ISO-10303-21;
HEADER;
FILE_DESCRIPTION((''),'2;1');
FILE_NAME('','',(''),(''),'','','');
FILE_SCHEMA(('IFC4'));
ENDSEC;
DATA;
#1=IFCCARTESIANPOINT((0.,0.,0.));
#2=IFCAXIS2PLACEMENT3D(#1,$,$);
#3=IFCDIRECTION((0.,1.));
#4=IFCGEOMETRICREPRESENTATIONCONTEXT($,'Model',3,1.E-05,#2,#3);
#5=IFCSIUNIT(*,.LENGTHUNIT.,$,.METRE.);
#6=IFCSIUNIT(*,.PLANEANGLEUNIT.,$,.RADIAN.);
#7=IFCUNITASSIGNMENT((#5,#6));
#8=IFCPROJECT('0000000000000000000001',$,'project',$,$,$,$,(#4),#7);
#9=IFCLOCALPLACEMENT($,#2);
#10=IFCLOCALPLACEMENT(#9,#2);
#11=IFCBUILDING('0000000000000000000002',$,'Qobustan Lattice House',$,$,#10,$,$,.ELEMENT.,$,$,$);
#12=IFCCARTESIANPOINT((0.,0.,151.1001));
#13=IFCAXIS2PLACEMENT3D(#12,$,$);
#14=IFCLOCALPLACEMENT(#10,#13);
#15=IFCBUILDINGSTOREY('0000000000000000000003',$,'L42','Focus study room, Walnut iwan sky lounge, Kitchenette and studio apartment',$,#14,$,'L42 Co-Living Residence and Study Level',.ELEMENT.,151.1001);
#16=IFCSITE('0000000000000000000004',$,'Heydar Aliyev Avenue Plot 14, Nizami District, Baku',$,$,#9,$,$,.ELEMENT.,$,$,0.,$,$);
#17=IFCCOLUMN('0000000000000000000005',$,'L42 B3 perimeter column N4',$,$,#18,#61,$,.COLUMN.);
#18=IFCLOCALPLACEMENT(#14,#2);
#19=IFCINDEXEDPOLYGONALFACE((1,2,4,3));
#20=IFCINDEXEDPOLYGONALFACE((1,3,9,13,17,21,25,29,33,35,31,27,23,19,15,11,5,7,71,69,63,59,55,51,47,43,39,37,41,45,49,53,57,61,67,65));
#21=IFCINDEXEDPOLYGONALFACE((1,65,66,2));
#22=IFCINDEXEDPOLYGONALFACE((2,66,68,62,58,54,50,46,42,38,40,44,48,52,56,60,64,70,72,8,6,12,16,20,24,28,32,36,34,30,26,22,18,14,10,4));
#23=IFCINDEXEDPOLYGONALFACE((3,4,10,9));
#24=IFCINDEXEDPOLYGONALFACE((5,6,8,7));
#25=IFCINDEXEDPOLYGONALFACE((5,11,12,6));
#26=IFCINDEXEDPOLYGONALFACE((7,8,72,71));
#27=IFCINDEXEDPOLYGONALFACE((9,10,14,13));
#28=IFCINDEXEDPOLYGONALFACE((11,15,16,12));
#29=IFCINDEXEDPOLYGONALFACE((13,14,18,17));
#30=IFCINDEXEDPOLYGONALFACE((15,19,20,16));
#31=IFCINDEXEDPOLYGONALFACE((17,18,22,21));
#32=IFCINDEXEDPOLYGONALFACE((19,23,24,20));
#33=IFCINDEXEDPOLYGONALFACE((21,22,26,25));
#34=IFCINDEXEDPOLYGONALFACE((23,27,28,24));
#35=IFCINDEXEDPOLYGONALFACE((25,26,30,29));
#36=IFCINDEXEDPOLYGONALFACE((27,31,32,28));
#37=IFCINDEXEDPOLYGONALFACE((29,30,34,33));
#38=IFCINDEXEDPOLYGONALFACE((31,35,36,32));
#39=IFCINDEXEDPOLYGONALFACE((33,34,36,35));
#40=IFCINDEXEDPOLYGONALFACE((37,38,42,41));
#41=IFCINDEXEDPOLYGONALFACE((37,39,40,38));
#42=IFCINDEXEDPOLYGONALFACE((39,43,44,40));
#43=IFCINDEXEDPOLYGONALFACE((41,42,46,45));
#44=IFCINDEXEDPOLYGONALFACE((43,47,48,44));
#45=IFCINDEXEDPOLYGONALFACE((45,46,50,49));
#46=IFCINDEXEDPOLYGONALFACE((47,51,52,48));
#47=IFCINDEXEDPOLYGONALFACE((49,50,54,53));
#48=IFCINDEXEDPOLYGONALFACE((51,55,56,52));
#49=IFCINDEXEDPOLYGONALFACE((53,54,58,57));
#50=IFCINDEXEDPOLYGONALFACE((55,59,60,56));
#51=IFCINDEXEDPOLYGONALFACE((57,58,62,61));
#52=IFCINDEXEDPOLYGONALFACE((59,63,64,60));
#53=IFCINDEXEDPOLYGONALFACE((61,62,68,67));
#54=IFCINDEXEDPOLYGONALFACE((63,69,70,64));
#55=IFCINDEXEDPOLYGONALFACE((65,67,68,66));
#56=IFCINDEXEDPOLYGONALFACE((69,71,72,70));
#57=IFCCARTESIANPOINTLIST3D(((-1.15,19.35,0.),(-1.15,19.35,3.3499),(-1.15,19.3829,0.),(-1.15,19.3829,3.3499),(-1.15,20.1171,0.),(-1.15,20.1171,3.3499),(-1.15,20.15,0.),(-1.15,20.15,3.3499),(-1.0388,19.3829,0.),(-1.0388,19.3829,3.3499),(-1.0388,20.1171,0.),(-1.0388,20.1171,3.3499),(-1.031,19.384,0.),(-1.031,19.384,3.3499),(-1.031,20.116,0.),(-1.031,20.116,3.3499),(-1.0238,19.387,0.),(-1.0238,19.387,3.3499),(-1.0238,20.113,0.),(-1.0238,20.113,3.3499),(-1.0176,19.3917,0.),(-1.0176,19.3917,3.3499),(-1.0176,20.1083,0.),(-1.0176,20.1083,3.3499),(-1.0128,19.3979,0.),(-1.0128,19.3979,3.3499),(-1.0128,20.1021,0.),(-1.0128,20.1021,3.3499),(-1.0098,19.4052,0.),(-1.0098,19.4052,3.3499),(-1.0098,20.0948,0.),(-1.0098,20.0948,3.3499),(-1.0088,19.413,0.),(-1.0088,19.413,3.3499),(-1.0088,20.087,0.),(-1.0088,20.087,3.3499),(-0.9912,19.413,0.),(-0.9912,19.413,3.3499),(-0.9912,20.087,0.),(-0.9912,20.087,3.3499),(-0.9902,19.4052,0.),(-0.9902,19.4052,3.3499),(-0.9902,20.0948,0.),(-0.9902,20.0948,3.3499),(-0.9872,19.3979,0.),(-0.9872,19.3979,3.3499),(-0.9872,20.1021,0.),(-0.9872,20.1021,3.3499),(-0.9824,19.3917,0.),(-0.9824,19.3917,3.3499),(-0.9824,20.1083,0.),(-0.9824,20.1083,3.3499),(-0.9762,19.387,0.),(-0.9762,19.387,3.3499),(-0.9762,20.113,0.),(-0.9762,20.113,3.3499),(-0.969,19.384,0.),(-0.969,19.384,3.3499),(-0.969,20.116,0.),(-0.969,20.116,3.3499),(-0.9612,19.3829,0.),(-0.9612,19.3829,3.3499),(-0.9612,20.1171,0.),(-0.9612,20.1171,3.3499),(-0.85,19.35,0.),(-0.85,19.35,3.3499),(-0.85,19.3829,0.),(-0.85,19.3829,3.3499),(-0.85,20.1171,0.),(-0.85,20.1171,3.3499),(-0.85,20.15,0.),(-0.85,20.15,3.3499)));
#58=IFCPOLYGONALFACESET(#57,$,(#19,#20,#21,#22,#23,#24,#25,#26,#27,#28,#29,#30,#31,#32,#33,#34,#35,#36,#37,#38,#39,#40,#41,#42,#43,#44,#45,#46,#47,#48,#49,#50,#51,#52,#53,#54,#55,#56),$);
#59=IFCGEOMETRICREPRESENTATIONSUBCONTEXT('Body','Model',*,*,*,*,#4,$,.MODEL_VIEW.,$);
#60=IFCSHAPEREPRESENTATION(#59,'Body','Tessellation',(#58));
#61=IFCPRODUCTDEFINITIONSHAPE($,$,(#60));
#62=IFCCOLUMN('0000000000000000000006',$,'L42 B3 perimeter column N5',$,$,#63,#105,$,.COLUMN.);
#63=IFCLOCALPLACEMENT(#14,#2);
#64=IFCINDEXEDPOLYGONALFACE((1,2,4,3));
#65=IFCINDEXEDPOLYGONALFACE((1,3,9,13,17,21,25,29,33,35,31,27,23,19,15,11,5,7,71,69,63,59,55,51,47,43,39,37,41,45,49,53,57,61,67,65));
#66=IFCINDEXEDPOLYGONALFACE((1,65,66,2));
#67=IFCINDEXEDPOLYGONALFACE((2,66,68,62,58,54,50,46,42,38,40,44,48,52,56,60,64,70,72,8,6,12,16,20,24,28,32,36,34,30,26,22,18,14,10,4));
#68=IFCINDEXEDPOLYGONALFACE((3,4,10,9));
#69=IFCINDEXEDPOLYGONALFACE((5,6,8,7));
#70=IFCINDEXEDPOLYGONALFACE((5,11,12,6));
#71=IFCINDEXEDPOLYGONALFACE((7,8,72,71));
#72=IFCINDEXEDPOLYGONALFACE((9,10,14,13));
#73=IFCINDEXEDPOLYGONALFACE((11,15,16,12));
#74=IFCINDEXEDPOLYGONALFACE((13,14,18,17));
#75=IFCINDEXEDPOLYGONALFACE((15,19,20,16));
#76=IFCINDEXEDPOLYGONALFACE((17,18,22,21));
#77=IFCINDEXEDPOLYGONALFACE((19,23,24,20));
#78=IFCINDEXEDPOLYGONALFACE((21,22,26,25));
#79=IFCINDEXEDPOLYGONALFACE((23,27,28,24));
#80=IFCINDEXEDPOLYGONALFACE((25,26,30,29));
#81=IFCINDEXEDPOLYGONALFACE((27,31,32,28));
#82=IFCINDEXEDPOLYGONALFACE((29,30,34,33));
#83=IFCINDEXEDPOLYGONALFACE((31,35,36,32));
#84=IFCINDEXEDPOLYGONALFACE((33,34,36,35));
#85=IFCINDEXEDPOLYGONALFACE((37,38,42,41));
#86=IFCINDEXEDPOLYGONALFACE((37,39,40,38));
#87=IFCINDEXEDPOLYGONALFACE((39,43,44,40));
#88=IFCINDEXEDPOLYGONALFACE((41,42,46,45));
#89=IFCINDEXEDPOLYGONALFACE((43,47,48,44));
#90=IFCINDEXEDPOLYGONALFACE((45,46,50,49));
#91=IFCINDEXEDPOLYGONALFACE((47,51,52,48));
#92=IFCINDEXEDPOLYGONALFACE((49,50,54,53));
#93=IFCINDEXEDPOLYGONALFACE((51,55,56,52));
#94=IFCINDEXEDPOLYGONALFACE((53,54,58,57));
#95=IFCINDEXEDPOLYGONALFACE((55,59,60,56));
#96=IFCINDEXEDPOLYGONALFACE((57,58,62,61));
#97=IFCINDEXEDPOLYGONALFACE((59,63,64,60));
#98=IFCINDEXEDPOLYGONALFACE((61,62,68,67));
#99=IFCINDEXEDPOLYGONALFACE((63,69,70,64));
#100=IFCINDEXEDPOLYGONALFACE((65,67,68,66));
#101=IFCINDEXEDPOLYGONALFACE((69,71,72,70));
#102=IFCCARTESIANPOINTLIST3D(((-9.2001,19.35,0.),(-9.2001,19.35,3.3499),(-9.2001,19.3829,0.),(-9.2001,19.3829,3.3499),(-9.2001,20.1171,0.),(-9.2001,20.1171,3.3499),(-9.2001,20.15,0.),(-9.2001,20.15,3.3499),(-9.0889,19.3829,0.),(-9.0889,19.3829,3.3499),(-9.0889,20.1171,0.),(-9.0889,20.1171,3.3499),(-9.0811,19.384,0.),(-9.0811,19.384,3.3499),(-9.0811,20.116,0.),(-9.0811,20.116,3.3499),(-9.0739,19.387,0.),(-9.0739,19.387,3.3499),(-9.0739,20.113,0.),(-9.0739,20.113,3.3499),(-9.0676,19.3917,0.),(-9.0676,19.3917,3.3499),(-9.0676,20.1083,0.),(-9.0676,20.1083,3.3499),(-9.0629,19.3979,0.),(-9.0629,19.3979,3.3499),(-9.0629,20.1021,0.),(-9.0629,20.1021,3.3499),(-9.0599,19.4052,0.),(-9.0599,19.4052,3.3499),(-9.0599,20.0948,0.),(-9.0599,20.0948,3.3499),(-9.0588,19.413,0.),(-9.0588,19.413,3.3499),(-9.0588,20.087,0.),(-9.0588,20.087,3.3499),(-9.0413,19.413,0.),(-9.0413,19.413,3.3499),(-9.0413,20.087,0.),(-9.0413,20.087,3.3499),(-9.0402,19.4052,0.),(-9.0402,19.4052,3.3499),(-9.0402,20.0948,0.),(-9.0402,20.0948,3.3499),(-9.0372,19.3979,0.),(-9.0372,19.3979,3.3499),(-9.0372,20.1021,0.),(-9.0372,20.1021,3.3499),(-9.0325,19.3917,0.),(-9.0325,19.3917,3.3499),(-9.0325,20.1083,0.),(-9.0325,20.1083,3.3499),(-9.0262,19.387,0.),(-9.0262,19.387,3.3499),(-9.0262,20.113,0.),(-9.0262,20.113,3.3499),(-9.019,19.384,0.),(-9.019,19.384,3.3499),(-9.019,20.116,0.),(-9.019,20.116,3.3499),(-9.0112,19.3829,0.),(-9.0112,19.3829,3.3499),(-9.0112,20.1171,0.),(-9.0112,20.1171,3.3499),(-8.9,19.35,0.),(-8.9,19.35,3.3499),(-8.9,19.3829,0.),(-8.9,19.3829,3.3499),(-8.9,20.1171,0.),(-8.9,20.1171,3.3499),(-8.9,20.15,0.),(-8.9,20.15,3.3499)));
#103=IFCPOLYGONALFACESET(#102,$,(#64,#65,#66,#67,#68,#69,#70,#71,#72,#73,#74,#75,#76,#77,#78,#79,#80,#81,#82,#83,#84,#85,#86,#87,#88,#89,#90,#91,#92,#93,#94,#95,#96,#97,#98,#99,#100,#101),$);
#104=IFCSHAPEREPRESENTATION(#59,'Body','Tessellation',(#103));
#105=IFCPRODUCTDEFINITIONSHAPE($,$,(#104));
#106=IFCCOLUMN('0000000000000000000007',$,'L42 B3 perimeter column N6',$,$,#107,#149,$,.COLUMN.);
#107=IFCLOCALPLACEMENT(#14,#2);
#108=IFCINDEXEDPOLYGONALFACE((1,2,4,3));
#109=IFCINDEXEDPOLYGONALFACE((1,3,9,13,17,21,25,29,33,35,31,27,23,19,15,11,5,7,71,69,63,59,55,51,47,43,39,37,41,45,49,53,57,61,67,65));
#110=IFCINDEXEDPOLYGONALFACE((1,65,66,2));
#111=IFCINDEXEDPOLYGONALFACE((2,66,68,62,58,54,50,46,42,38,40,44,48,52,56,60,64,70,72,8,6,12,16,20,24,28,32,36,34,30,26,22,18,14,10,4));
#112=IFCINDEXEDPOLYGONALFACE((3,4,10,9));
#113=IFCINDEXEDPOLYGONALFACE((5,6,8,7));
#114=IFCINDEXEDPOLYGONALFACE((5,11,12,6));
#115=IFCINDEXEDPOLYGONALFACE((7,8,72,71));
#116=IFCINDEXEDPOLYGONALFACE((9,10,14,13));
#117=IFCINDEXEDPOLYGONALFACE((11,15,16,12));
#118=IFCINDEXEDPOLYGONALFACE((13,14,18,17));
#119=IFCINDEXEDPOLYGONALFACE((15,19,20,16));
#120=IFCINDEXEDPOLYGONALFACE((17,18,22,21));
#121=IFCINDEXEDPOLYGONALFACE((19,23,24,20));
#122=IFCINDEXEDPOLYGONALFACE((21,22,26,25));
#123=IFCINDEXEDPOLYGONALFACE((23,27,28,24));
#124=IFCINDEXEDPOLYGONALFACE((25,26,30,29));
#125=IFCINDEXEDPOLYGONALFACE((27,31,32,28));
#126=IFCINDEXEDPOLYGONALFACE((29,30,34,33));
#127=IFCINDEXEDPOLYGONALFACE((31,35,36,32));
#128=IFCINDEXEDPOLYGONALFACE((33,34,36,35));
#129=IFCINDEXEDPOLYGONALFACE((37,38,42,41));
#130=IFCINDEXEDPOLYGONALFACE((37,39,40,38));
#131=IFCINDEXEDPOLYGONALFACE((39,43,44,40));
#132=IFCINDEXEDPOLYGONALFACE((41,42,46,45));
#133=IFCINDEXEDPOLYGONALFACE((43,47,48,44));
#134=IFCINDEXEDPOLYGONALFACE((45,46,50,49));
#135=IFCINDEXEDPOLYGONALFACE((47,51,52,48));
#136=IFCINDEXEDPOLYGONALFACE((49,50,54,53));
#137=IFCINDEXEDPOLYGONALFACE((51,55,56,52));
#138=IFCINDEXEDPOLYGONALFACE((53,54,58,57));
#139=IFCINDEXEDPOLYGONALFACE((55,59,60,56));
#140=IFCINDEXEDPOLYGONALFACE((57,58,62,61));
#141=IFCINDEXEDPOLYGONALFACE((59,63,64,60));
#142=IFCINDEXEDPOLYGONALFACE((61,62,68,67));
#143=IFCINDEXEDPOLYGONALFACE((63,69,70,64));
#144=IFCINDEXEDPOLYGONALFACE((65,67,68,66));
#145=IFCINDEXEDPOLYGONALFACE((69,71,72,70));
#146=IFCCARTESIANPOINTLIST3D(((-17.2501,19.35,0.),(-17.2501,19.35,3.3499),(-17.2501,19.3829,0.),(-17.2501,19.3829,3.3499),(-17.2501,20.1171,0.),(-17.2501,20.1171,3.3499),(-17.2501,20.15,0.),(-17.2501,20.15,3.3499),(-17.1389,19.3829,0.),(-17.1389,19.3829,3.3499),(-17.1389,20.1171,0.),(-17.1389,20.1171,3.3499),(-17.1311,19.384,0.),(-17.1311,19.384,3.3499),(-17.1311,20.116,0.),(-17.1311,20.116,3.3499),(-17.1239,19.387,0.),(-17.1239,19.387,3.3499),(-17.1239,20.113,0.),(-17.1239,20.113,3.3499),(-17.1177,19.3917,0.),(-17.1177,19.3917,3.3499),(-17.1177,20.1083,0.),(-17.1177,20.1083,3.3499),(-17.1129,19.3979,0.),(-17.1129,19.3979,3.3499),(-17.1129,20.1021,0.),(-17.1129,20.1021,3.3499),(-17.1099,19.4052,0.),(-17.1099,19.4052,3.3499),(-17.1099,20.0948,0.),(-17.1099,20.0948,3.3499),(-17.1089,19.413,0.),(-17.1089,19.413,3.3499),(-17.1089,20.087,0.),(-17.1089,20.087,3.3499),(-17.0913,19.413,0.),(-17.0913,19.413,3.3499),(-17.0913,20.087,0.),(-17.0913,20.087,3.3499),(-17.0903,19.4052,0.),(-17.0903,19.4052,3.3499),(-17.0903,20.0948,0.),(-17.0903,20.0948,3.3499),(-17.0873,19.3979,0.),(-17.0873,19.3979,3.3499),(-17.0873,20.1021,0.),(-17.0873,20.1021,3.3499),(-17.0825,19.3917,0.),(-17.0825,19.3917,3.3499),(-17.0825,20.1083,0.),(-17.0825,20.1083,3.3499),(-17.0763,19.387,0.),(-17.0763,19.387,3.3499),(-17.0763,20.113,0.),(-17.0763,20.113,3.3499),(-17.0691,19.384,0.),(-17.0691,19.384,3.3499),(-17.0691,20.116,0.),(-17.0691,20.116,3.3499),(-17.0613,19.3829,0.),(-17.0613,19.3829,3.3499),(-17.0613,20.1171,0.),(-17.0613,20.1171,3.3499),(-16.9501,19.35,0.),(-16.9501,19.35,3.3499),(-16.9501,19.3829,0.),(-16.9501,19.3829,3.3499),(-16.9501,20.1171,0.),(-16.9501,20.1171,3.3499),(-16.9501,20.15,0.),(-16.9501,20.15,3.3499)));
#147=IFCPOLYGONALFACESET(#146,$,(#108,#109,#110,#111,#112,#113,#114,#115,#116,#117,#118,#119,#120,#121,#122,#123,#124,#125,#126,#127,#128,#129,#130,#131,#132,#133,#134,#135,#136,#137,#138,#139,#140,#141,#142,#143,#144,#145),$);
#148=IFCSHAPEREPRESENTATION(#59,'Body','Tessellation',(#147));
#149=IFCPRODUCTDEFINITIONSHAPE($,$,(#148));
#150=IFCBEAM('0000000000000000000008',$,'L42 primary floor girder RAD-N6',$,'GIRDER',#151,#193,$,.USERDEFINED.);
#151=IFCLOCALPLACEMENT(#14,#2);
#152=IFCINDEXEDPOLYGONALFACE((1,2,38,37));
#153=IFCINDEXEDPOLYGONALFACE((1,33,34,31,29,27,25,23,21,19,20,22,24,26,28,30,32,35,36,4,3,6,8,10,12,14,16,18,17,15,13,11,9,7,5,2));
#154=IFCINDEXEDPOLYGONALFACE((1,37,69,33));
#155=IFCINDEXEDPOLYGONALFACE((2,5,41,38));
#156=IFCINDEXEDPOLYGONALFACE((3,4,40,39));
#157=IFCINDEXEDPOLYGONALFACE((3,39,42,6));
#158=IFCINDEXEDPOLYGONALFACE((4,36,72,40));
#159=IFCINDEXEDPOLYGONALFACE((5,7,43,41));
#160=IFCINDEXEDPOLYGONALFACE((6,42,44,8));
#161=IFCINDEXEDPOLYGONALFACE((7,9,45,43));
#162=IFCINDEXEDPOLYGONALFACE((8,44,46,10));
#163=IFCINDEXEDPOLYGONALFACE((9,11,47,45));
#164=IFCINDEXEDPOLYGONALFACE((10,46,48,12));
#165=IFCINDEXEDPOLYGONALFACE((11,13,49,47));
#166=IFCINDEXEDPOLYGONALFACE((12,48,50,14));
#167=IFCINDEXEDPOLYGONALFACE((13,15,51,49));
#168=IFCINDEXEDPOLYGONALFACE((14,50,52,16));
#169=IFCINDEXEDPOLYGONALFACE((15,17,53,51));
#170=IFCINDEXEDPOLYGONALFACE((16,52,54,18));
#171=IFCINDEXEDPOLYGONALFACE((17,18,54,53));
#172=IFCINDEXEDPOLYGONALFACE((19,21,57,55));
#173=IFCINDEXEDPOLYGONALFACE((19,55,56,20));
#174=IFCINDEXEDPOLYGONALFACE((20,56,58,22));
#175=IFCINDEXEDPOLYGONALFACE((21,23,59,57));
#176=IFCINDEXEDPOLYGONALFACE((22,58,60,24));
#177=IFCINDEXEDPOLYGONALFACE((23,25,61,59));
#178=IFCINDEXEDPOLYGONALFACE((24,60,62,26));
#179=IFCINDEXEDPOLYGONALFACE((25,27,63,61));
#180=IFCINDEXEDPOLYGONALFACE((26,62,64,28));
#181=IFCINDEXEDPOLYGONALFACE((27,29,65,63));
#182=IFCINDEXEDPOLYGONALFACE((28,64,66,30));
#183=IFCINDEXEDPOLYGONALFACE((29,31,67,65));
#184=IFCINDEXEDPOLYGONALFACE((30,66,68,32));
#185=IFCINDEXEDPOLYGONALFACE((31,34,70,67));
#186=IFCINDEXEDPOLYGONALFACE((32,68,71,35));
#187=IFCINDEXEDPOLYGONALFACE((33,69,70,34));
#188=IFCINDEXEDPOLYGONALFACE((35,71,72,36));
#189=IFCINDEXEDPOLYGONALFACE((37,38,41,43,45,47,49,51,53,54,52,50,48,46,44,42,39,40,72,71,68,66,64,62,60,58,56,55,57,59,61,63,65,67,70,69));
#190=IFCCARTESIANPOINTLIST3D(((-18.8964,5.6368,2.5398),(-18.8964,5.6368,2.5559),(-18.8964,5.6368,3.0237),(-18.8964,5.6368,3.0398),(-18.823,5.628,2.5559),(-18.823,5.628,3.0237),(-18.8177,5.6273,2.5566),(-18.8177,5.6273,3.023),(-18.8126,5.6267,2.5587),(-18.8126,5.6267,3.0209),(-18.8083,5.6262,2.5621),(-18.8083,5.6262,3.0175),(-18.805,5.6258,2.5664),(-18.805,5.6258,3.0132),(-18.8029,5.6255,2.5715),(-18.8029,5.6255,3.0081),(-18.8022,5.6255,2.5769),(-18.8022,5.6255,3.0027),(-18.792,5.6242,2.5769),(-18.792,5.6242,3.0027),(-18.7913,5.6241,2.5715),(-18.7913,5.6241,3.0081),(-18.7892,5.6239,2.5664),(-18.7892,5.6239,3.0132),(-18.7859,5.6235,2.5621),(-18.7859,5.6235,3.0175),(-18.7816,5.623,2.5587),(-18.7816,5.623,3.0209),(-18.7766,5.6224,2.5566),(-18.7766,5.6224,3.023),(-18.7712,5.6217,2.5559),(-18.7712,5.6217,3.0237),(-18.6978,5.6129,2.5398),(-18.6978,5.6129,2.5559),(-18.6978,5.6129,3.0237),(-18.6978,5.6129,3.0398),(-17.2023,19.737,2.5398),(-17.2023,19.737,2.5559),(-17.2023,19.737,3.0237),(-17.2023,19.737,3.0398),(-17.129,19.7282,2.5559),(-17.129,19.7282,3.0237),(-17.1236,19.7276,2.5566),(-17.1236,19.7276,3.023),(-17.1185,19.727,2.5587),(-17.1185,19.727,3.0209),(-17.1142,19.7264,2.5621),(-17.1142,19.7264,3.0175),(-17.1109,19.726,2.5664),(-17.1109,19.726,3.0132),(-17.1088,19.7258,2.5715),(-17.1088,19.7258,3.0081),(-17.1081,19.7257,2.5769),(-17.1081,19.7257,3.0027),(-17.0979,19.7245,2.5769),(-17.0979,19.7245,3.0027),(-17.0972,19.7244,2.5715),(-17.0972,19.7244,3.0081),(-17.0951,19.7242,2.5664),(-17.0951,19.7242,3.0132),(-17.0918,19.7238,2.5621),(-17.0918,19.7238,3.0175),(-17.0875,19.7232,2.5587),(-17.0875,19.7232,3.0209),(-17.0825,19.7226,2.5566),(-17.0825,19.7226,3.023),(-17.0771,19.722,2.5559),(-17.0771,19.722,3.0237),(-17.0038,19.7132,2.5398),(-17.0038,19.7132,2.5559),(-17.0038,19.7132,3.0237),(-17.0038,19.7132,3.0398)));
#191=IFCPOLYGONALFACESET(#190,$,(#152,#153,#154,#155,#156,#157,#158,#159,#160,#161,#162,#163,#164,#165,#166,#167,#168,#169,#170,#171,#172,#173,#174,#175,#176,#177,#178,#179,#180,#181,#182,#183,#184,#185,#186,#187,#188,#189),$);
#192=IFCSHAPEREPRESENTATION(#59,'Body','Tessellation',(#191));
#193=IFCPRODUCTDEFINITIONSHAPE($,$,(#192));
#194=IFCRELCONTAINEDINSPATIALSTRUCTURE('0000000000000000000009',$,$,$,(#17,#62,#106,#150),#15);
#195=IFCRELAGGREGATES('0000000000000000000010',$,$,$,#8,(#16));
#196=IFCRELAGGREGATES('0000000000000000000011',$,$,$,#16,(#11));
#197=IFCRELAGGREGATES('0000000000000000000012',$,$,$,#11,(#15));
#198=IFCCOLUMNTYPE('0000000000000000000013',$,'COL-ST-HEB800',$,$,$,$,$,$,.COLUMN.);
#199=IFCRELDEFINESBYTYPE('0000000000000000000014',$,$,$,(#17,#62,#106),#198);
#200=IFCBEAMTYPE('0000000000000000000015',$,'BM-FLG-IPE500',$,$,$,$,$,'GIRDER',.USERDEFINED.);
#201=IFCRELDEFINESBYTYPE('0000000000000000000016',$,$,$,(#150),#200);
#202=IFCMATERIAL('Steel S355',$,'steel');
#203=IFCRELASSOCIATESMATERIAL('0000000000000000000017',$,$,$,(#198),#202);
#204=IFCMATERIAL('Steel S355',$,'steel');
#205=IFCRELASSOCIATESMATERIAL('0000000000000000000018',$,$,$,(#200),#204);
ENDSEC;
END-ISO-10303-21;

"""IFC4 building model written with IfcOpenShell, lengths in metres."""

from ifc_helpers import new_model, si_unit, direction, frame, origin, origin_2d, place, context, subcontext, project, spatial, i_section, extrude, material, material_profile, profile_set, type_object, element, save


model = new_model("IFC4")

# Units and contexts
model_context = context("Model", 3, precision=1e-05, world=origin(), true_north=direction((0.0, 1.0)))
body_context = subcontext(model_context, "Body", "Model", "MODEL_VIEW")
ifc_project = project(units=[si_unit("LENGTHUNIT", "METRE"), si_unit("PLANEANGLEUNIT", "RADIAN")], contexts=[model_context])

# Site, building, storey
site_placement = place(None, origin())
site = spatial("IfcSite", under=ifc_project, at=site_placement, Name="Heydar Aliyev Avenue Plot 14, Nizami District, Baku", CompositionType="ELEMENT", RefElevation=0.0)
building_placement = place(site_placement, origin())
building = spatial("IfcBuilding", under=site, at=building_placement, Name="Qobustan Lattice House", CompositionType="ELEMENT")
storey_placement = place(building_placement, frame((0.0, 0.0, 151.1001)))
storey = spatial("IfcBuildingStorey", under=building, at=storey_placement, Name="L42", Description="Focus study room, Walnut iwan sky lounge, Kitchenette and studio apartment", LongName="L42 Co-Living Residence and Study Level", CompositionType="ELEMENT", Elevation=151.1001)

# Columns
ifc_material_1 = material(Name="Steel S355", Category="steel")
ifc_material_profile_1 = material_profile(ifc_material_1, i_section(OverallWidth=0.3, OverallDepth=0.8, WebThickness=0.0176, FlangeThickness=0.033, FilletRadius=0.03, at=origin_2d()), Name="HEB800")
ifc_profile_set_1 = profile_set([ifc_material_profile_1], Name="Steel S355")
column_type = type_object("IfcColumnType", Name="COL-ST-HEB800", PredefinedType="COLUMN", material=ifc_profile_set_1)
for number, where, z_axis, x_axis, name in (
    (1, (-1.0, 19.75, 0.0), (0.0, 0.0, 1.0), (1.0, 0.0, 0.0), "L42 B3 perimeter column N4"),
    (2, (-9.05, 19.75, 0.0), (0.0, 0.0, 1.0), (1.0, 0.0, 0.0), "L42 B3 perimeter column N5"),
    (3, (-17.1001, 19.75, 0.0), (0.0, 0.0, 1.0), (1.0, 0.0, 0.0), "L42 B3 perimeter column N6"),
):
    element("IfcColumn", number, at=place(storey_placement, frame(where, z_axis=z_axis, x_axis=x_axis)), inside=storey, type_object=column_type, Name=name, PredefinedType="COLUMN", context=body_context, shape_type="SweptSolid", body=[
        extrude(i_section(OverallWidth=0.3, OverallDepth=0.8, WebThickness=0.0176, FlangeThickness=0.033, FilletRadius=0.03, at=origin_2d()), origin(), (0.0, 0.0, 1.0), 3.3499),
    ])

# Beam
ifc_material_2 = material(Name="Steel S355", Category="steel")
ifc_material_profile_2 = material_profile(ifc_material_2, i_section(OverallWidth=0.2, OverallDepth=0.5, WebThickness=0.0103, FlangeThickness=0.0161, FilletRadius=0.021, at=origin_2d()), Name="IPE500")
ifc_profile_set_2 = profile_set([ifc_material_profile_2], Name="Steel S355")
beam_type_1 = type_object("IfcBeamType", Name="BM-FLG-IPE500", ElementType="GIRDER", PredefinedType="USERDEFINED", material=ifc_profile_set_2)
beam_1_placement = place(storey_placement, frame((-17.103, 19.7251, 2.7898), z_axis=(-0.119288, -0.99286, 0.0), x_axis=(0.99286, -0.119288, 0.0)))
element("IfcBeam", 4, at=beam_1_placement, inside=storey, type_object=beam_type_1, Name="L42 primary floor girder RAD-N6", ObjectType="GIRDER", PredefinedType="USERDEFINED", context=body_context, shape_type="SweptSolid", body=[
    extrude(i_section(OverallWidth=0.2, OverallDepth=0.5, WebThickness=0.0103, FlangeThickness=0.0161, FilletRadius=0.021, at=origin_2d()), origin(), (0.0, 0.0, 1.0), 14.2017),
])

save(model, "model.ifc")
